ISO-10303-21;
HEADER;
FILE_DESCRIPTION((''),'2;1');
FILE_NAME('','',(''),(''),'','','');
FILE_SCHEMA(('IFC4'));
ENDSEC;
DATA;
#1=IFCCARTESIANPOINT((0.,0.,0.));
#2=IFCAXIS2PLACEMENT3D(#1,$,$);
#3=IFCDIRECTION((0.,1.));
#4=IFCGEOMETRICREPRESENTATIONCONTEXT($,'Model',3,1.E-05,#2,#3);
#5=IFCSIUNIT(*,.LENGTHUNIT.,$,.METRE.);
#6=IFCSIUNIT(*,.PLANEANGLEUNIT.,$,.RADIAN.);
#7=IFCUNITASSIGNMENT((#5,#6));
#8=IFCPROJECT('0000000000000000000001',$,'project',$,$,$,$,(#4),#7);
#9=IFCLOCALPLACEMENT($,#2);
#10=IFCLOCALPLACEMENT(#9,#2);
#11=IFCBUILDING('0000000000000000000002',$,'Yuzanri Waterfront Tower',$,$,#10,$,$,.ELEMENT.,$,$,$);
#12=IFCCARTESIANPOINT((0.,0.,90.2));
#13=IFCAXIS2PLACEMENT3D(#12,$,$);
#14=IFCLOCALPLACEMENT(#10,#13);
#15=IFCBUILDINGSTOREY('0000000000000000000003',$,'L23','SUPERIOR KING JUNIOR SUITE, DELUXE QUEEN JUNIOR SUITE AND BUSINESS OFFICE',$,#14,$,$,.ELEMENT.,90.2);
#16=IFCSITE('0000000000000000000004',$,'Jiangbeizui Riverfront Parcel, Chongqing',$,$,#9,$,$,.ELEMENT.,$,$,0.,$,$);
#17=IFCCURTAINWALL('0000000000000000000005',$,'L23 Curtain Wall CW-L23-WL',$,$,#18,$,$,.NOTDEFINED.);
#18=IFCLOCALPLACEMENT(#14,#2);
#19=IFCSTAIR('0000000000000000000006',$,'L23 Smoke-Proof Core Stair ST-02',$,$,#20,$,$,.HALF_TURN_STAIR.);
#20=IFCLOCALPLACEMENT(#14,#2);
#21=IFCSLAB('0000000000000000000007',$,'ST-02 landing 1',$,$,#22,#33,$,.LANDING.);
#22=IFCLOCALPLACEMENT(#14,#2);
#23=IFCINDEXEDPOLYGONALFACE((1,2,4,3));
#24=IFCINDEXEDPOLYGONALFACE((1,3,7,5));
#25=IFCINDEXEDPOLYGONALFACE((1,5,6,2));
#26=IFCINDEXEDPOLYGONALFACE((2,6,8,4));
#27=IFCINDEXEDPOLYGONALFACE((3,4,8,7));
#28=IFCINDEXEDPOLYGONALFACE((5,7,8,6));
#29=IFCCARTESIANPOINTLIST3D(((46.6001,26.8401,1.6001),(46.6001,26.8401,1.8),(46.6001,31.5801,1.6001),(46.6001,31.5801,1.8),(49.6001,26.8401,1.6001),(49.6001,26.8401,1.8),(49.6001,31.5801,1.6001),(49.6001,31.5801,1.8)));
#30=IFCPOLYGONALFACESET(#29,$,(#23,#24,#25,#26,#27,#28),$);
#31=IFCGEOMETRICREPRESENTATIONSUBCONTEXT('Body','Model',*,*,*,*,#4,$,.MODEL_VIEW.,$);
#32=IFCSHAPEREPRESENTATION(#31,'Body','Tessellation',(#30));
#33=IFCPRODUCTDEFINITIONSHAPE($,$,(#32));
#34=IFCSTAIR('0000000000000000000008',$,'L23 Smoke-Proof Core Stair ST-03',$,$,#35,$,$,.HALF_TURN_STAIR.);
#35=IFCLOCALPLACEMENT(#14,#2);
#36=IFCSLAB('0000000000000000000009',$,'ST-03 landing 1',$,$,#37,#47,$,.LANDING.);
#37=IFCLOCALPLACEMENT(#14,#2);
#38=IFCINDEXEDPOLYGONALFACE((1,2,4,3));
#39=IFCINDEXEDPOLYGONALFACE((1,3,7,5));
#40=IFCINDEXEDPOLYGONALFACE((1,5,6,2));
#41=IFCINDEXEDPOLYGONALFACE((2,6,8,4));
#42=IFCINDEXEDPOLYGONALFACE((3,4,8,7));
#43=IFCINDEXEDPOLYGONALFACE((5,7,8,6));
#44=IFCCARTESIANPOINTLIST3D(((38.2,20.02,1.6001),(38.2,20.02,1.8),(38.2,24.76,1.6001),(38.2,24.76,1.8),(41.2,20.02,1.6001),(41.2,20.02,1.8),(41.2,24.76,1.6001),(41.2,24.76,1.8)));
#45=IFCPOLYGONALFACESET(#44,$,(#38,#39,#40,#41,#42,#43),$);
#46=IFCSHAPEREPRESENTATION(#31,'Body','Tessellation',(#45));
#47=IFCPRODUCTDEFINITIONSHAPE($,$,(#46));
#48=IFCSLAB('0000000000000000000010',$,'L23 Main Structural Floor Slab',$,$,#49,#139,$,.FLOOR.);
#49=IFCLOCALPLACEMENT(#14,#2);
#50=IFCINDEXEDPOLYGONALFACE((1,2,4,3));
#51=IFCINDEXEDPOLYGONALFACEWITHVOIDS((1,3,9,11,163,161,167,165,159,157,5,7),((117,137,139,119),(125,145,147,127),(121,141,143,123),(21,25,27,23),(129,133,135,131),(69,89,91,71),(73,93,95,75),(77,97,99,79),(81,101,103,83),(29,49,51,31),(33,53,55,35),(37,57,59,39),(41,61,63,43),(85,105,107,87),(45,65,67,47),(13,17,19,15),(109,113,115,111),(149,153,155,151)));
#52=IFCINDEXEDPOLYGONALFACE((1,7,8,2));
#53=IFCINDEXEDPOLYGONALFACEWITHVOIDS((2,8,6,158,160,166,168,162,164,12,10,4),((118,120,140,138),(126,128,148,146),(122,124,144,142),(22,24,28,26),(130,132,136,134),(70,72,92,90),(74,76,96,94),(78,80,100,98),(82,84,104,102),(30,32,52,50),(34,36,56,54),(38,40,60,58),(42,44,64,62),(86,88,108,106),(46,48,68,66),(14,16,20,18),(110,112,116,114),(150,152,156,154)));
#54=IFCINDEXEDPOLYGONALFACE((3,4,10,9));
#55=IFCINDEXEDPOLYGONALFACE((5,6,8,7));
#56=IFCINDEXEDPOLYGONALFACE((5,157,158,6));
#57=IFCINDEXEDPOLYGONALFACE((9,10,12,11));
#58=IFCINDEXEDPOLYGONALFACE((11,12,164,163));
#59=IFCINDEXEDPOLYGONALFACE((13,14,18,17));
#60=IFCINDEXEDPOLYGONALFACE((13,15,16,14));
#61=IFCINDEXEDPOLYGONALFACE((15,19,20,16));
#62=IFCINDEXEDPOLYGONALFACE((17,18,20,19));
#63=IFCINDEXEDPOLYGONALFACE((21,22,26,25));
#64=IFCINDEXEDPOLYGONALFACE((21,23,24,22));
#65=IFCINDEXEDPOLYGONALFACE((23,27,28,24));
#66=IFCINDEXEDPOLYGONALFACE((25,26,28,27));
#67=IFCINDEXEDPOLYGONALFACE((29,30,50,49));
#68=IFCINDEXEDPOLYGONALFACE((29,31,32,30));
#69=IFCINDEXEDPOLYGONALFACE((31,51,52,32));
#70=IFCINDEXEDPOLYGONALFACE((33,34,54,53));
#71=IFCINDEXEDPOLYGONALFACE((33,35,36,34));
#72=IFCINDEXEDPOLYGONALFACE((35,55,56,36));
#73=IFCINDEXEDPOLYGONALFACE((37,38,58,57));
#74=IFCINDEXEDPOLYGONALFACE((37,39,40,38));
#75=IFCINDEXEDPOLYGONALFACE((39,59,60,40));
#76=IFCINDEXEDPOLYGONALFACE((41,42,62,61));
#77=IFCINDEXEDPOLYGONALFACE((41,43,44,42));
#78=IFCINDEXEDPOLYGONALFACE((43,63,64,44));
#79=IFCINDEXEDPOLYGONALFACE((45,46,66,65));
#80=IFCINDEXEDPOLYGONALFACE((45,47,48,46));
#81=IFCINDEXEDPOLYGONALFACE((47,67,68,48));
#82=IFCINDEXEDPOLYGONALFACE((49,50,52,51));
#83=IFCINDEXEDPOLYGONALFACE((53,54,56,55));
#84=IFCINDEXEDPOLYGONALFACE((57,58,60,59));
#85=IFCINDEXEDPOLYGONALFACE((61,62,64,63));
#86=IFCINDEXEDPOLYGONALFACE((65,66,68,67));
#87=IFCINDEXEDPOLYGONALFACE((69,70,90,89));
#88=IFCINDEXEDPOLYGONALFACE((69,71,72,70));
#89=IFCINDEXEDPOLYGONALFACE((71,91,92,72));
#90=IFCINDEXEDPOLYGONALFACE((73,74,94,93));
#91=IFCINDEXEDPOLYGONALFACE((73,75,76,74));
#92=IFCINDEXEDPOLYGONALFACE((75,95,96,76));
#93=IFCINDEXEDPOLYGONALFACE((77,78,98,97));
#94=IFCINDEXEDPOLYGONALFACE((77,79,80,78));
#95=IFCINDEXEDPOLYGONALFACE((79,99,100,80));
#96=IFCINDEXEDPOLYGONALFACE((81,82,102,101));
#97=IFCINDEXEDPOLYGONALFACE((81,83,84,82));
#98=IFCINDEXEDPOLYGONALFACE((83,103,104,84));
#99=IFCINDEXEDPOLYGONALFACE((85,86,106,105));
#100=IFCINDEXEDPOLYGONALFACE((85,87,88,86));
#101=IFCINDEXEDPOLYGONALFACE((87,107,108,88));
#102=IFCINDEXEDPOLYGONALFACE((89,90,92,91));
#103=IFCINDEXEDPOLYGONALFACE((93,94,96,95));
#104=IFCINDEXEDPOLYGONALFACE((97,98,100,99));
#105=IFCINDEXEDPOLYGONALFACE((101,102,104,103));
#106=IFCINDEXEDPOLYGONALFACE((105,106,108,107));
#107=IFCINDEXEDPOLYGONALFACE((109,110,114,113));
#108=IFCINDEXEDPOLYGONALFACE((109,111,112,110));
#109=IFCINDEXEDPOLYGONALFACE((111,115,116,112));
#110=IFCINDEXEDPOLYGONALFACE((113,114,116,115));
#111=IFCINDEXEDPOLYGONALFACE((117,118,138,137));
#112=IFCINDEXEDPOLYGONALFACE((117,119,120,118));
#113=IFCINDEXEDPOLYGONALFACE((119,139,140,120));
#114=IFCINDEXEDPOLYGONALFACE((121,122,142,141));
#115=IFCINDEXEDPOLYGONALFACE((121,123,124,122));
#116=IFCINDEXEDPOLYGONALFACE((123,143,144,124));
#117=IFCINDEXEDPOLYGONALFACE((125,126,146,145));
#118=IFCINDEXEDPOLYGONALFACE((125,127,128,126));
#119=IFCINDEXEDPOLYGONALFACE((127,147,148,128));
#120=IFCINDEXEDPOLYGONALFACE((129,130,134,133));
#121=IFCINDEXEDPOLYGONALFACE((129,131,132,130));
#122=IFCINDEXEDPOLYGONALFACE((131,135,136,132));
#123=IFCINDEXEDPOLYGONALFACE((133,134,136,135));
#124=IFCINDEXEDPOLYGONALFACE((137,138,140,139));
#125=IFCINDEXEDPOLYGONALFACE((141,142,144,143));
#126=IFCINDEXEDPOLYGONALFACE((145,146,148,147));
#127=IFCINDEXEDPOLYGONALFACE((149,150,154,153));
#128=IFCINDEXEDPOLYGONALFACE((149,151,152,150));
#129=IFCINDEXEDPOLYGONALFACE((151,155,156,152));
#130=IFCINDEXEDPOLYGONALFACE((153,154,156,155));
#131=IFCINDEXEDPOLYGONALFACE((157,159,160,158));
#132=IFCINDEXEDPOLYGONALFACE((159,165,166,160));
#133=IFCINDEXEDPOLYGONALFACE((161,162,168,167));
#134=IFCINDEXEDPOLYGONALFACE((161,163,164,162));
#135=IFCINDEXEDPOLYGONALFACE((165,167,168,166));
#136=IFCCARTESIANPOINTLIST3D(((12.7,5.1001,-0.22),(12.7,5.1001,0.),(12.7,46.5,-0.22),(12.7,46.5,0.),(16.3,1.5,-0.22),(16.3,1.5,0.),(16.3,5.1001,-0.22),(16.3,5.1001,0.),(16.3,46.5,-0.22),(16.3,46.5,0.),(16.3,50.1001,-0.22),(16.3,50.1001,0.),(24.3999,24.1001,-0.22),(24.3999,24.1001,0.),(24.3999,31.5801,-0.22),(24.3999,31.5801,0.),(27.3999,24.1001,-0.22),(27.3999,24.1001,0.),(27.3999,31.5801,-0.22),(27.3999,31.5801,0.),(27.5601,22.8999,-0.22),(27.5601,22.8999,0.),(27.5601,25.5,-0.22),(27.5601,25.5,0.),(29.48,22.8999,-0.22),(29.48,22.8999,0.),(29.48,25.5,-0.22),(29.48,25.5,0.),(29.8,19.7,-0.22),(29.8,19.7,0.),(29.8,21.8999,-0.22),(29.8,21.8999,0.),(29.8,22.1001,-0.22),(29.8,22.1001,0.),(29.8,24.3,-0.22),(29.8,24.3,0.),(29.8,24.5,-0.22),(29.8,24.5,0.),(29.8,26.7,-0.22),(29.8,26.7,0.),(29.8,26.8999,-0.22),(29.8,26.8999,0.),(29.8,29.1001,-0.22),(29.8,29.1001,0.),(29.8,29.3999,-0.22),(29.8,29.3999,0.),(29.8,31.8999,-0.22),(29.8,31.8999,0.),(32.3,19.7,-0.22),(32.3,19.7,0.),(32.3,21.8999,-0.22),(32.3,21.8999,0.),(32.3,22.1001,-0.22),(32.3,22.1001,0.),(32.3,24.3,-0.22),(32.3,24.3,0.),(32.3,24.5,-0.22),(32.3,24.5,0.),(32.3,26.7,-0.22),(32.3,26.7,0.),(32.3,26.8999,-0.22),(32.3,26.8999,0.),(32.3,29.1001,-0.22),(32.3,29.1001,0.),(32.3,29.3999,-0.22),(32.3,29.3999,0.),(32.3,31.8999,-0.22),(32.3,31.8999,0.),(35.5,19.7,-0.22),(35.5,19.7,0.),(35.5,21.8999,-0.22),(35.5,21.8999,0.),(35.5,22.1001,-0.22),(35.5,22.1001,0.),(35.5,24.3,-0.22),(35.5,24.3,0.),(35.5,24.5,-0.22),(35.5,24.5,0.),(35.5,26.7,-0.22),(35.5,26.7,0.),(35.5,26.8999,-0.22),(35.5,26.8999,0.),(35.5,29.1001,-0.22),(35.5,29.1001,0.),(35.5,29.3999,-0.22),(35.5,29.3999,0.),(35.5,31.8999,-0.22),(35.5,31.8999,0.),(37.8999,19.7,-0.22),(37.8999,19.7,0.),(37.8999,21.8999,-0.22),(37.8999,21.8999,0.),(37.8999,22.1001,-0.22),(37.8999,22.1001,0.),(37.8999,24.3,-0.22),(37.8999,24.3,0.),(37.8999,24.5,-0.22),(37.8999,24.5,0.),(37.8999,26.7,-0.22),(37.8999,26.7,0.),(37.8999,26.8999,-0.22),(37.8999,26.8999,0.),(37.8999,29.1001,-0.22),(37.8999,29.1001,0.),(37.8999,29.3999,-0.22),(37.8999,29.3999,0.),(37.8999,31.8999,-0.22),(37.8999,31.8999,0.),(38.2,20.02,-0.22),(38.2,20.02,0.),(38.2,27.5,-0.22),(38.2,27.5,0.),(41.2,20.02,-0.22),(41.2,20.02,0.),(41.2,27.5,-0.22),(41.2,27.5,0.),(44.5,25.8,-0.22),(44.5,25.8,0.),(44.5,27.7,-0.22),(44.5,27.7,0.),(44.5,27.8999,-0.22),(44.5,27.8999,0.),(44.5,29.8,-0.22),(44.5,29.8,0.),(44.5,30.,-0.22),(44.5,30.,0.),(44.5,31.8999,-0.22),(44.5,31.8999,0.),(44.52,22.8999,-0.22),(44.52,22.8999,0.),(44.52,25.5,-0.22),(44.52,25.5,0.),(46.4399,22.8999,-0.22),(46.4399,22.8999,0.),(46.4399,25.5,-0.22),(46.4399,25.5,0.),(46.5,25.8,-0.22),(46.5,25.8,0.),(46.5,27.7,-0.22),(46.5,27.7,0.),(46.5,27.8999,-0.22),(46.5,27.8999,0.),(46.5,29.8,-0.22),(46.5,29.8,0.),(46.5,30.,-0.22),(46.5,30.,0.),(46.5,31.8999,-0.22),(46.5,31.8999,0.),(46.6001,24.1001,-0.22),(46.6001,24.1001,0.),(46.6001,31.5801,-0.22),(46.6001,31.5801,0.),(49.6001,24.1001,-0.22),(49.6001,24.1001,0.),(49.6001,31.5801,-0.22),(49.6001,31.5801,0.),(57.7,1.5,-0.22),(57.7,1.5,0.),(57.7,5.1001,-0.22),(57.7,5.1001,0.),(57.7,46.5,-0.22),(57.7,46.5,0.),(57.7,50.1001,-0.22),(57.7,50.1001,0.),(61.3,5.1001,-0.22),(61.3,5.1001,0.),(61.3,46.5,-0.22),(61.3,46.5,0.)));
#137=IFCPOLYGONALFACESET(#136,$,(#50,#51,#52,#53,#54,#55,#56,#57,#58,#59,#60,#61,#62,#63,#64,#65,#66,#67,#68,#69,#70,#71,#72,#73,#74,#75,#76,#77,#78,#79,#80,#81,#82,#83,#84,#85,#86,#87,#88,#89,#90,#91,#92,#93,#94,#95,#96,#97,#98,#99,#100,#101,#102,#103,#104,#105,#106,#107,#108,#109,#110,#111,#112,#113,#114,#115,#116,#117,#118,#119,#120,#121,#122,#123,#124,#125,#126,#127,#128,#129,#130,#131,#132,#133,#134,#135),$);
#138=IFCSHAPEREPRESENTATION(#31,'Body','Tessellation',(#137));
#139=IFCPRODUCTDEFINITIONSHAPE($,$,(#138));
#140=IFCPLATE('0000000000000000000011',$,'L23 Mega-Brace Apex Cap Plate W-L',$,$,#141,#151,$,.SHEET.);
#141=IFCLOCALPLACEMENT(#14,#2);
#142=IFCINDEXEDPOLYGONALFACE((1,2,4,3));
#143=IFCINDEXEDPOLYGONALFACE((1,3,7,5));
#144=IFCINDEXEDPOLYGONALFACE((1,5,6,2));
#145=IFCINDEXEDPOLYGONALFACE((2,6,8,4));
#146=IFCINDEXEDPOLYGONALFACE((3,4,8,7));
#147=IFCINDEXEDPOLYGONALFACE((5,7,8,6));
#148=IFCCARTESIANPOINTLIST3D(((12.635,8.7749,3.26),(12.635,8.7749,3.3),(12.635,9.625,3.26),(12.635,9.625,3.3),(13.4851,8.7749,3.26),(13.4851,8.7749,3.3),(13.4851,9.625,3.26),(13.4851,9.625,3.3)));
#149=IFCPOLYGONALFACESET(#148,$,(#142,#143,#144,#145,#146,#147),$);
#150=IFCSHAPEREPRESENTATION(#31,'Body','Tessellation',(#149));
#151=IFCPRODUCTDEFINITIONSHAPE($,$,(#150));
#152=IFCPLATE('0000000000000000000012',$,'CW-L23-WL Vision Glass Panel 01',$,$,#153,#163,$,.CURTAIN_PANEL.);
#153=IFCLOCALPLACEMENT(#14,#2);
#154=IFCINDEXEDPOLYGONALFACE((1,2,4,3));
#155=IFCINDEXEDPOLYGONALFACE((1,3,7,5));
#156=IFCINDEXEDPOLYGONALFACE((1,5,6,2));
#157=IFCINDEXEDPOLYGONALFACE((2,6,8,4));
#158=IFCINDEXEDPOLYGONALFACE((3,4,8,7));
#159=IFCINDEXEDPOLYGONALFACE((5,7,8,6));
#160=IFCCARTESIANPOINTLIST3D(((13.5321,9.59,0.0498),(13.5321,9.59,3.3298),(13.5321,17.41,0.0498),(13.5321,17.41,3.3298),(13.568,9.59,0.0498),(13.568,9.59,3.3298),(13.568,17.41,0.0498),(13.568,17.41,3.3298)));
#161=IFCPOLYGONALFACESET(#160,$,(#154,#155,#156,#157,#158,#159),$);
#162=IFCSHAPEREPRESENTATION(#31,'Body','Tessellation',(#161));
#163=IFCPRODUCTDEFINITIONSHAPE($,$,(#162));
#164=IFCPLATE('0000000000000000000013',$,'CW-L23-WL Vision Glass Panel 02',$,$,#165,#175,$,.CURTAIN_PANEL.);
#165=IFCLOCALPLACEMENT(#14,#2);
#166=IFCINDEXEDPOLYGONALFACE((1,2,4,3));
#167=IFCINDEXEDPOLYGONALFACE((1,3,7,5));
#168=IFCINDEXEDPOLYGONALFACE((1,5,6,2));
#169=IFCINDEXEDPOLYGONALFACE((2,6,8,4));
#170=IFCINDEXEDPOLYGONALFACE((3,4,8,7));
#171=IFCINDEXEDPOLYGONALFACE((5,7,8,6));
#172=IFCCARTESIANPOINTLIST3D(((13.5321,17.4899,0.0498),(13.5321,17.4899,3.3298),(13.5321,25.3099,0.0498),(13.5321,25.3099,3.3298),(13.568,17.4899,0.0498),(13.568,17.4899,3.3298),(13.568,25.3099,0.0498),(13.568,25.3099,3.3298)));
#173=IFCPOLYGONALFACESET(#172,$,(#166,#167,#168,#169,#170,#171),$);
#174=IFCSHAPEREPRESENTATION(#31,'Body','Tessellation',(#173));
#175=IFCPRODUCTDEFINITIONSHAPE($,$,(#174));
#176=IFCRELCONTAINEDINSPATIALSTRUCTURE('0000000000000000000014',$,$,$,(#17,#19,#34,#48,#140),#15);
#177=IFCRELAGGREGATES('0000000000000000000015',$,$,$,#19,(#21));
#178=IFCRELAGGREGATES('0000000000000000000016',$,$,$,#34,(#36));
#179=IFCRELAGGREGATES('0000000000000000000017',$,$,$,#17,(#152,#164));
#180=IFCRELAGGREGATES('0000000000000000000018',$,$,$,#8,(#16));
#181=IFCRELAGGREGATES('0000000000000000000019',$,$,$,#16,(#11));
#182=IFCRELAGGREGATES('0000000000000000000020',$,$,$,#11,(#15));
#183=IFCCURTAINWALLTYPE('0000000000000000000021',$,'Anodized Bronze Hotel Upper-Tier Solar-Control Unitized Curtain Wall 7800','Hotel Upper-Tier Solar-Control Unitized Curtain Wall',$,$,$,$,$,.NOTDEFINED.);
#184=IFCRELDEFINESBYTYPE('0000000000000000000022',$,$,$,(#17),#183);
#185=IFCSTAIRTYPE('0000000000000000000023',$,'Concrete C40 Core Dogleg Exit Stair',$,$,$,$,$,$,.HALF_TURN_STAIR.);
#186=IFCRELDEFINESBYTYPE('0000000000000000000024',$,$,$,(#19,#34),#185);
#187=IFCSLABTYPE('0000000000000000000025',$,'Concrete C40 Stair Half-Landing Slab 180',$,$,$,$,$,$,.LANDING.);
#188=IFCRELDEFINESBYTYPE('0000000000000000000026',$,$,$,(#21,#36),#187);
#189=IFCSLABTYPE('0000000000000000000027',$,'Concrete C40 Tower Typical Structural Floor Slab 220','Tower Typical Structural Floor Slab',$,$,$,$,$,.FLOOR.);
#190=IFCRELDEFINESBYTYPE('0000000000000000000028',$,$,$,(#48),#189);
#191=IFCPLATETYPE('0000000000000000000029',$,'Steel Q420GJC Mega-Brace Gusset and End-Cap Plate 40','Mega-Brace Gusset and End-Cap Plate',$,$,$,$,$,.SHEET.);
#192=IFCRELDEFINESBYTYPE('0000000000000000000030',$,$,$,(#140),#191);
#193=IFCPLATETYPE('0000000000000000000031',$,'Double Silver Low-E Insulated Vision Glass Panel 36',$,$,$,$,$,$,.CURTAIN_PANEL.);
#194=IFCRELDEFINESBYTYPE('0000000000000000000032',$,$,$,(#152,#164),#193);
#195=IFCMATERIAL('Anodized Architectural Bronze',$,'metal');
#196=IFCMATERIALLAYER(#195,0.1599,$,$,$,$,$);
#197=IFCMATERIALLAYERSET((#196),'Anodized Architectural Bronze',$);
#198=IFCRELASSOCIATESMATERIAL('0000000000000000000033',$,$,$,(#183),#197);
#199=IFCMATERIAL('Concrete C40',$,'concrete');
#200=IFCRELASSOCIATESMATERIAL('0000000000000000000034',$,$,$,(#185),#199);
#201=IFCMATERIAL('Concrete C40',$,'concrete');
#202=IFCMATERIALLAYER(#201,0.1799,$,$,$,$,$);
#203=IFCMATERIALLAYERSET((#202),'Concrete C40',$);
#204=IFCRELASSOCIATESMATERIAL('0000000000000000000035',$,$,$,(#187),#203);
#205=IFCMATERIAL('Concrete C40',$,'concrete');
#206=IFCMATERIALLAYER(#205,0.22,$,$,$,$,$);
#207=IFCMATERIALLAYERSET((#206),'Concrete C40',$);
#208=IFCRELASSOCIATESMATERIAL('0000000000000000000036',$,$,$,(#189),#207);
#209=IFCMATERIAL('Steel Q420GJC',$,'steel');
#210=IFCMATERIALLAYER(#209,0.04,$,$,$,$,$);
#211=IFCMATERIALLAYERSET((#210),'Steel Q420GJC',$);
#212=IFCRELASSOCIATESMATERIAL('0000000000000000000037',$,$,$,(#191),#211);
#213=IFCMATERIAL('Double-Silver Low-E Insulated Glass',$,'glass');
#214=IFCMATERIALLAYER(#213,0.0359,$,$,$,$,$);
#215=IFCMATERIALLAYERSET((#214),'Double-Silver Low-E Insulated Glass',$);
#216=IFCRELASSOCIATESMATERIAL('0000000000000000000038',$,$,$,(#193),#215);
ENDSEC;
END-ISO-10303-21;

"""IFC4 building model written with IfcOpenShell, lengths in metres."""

from ifc_helpers import new_model, si_unit, direction, frame, origin, origin_2d, place, context, subcontext, project, spatial, polyline, rectangle, outline, extrude, source, transform, mapped, material, layer, layer_set, type_object, element, aggregate, save


model = new_model("IFC4")

# Units and contexts
model_context = context("Model", 3, precision=1e-05, world=origin(), true_north=direction((0.0, 1.0)))
body_context = subcontext(model_context, "Body", "Model", "MODEL_VIEW")
ifc_project = project(units=[si_unit("LENGTHUNIT", "METRE"), si_unit("PLANEANGLEUNIT", "RADIAN")], contexts=[model_context])

# Site, building, storey
site_placement = place(None, origin())
site = spatial("IfcSite", under=ifc_project, at=site_placement, Name="Jiangbeizui Riverfront Parcel, Chongqing", CompositionType="ELEMENT", RefElevation=0.0)
building_placement = place(site_placement, origin())
building = spatial("IfcBuilding", under=site, at=building_placement, Name="Yuzanri Waterfront Tower", CompositionType="ELEMENT")
storey_placement = place(building_placement, frame((0.0, 0.0, 90.2)))
storey = spatial("IfcBuildingStorey", under=building, at=storey_placement, Name="L23", Description="SUPERIOR KING JUNIOR SUITE, DELUXE QUEEN JUNIOR SUITE AND BUSINESS OFFICE", CompositionType="ELEMENT", Elevation=90.2)

# Curtain wall
ifc_material_1 = material(Name="Anodized Architectural Bronze", Category="metal")
ifc_layer_1 = layer(ifc_material_1, 0.1599)
ifc_layer_set_1 = layer_set([ifc_layer_1], Name="Anodized Architectural Bronze")
curtain_wall_type = type_object("IfcCurtainWallType", Name="Anodized Bronze Hotel Upper-Tier Solar-Control Unitized Curtain Wall 7800", Description="Hotel Upper-Tier Solar-Control Unitized Curtain Wall", PredefinedType="NOTDEFINED", material=ifc_layer_set_1)
curtain_wall_placement = place(storey_placement, origin())
curtain_wall = element("IfcCurtainWall", 1, at=curtain_wall_placement, inside=storey, type_object=curtain_wall_type, Name="L23 Curtain Wall CW-L23-WL", PredefinedType="NOTDEFINED")

# Stairs, slabs
ifc_material_2 = material(Name="Concrete C40", Category="concrete")
stair_type = type_object("IfcStairType", Name="Concrete C40 Core Dogleg Exit Stair", PredefinedType="HALF_TURN_STAIR", material=ifc_material_2)
ifc_material_3 = material(Name="Concrete C40", Category="concrete")
ifc_layer_2 = layer(ifc_material_3, 0.1799)
ifc_layer_set_2 = layer_set([ifc_layer_2], Name="Concrete C40")
slab_type_1 = type_object("IfcSlabType", Name="Concrete C40 Stair Half-Landing Slab 180", PredefinedType="LANDING", material=ifc_layer_set_2)
stair_1_placement = place(storey_placement, origin())
stair_1 = element("IfcStair", 2, at=stair_1_placement, inside=storey, type_object=stair_type, Name="L23 Smoke-Proof Core Stair ST-02", PredefinedType="HALF_TURN_STAIR")
slab_1_placement = place(storey_placement, frame((0.0, 0.0, 1.6001)))
slab_1 = element("IfcSlab", 3, at=slab_1_placement, type_object=slab_type_1, Name="ST-02 landing 1", PredefinedType="LANDING", context=body_context, shape_type="SweptSolid", body=[
    extrude(outline(polyline([(49.6001, 26.8401), (49.6001, 31.5801), (46.6001, 31.5801), (46.6001, 26.8401), (49.6001, 26.8401)])), origin(), (0.0, 0.0, 1.0), 0.2),
])
aggregate(stair_1, [slab_1])
stair_2_placement = place(storey_placement, origin())
stair_2 = element("IfcStair", 4, at=stair_2_placement, inside=storey, type_object=stair_type, Name="L23 Smoke-Proof Core Stair ST-03", PredefinedType="HALF_TURN_STAIR")
slab_2_placement = place(storey_placement, frame((0.0, 0.0, 1.6001)))
slab_2 = element("IfcSlab", 5, at=slab_2_placement, type_object=slab_type_1, Name="ST-03 landing 1", PredefinedType="LANDING", context=body_context, shape_type="SweptSolid", body=[
    extrude(outline(polyline([(38.2, 24.76), (38.2, 20.02), (41.2, 20.02), (41.2, 24.76), (38.2, 24.76)])), origin(), (0.0, 0.0, 1.0), 0.2),
])
aggregate(stair_2, [slab_2])

# Slab
ifc_material_4 = material(Name="Concrete C40", Category="concrete")
ifc_layer_3 = layer(ifc_material_4, 0.22)
ifc_layer_set_3 = layer_set([ifc_layer_3], Name="Concrete C40")
slab_type_2 = type_object("IfcSlabType", Name="Concrete C40 Tower Typical Structural Floor Slab 220", Description="Tower Typical Structural Floor Slab", PredefinedType="FLOOR", material=ifc_layer_set_3)
slab_3_placement = place(storey_placement, frame((0.0, 0.0, -0.22)))
element("IfcSlab", 6, at=slab_3_placement, inside=storey, type_object=slab_type_2, Name="L23 Main Structural Floor Slab", PredefinedType="FLOOR", context=body_context, shape_type="SweptSolid", body=[
    extrude(outline(polyline([(16.3, 1.5), (57.7, 1.5), (57.7, 5.1001), (61.3, 5.1001), (61.3, 46.5), (57.7, 46.5), (57.7, 50.1001), (16.3, 50.1001), (16.3, 46.5), (12.7, 46.5), (12.7, 5.1001), (16.3, 5.1001), (16.3, 1.5)]), holes=[polyline([(27.3999, 24.1001), (27.3999, 31.5801), (24.3999, 31.5801), (24.3999, 24.1001), (27.3999, 24.1001)]), polyline([(49.6001, 24.1001), (49.6001, 31.5801), (46.6001, 31.5801), (46.6001, 24.1001), (49.6001, 24.1001)]), polyline([(38.2, 27.5), (38.2, 20.02), (41.2, 20.02), (41.2, 27.5), (38.2, 27.5)]), polyline([(27.5601, 22.8999), (29.48, 22.8999), (29.48, 25.5), (27.5601, 25.5), (27.5601, 22.8999)]), polyline([(44.52, 22.8999), (46.4399, 22.8999), (46.4399, 25.5), (44.52, 25.5), (44.52, 22.8999)]), polyline([(29.8, 19.7), (32.3, 19.7), (32.3, 21.8999), (29.8, 21.8999), (29.8, 19.7)]), polyline([(29.8, 22.1001), (32.3, 22.1001), (32.3, 24.3), (29.8, 24.3), (29.8, 22.1001)]), polyline([(29.8, 24.5), (32.3, 24.5), (32.3, 26.7), (29.8, 26.7), (29.8, 24.5)]), polyline([(29.8, 26.8999), (32.3, 26.8999), (32.3, 29.1001), (29.8, 29.1001), (29.8, 26.8999)]), polyline([(29.8, 29.3999), (32.3, 29.3999), (32.3, 31.8999), (29.8, 31.8999), (29.8, 29.3999)]), polyline([(35.5, 19.7), (37.8999, 19.7), (37.8999, 21.8999), (35.5, 21.8999), (35.5, 19.7)]), polyline([(35.5, 22.1001), (37.8999, 22.1001), (37.8999, 24.3), (35.5, 24.3), (35.5, 22.1001)]), polyline([(35.5, 24.5), (37.8999, 24.5), (37.8999, 26.7), (35.5, 26.7), (35.5, 24.5)]), polyline([(35.5, 26.8999), (37.8999, 26.8999), (37.8999, 29.1001), (35.5, 29.1001), (35.5, 26.8999)]), polyline([(35.5, 29.3999), (37.8999, 29.3999), (37.8999, 31.8999), (35.5, 31.8999), (35.5, 29.3999)]), polyline([(44.5, 25.8), (46.5, 25.8), (46.5, 27.7), (44.5, 27.7), (44.5, 25.8)]), polyline([(44.5, 27.8999), (46.5, 27.8999), (46.5, 29.8), (44.5, 29.8), (44.5, 27.8999)]), polyline([(44.5, 30.0), (46.5, 30.0), (46.5, 31.8999), (44.5, 31.8999), (44.5, 30.0)])]), origin(), (0.0, 0.0, 1.0), 0.22),
])

# Plates
ifc_material_5 = material(Name="Steel Q420GJC", Category="steel")
ifc_layer_4 = layer(ifc_material_5, 0.04)
ifc_layer_set_4 = layer_set([ifc_layer_4], Name="Steel Q420GJC")
plate_type_1 = type_object("IfcPlateType", Name="Steel Q420GJC Mega-Brace Gusset and End-Cap Plate 40", Description="Mega-Brace Gusset and End-Cap Plate", PredefinedType="SHEET", material=ifc_layer_set_4)
shared_shape_1 = source(origin(), body_context, "Body", "SweptSolid", [
    extrude(rectangle(XDim=0.8501, YDim=0.8501, at=origin_2d()), origin(), (0.0, 0.0, 1.0), 0.04),
])
plate_1_placement = place(storey_placement, frame((13.0601, 9.2, 3.26), z_axis=(0.0, 0.0, 1.0), x_axis=(1.0, 0.0, 0.0)))
element("IfcPlate", 7, at=plate_1_placement, inside=storey, type_object=plate_type_1, Name="L23 Mega-Brace Apex Cap Plate W-L", PredefinedType="SHEET", context=body_context, shape_type="MappedRepresentation", body=[
    mapped(shared_shape_1, transform((0.0, 0.0, 0.0), scale=1.0)),
])
ifc_material_6 = material(Name="Double-Silver Low-E Insulated Glass", Category="glass")
ifc_layer_5 = layer(ifc_material_6, 0.0359)
ifc_layer_set_5 = layer_set([ifc_layer_5], Name="Double-Silver Low-E Insulated Glass")
plate_type_2 = type_object("IfcPlateType", Name="Double Silver Low-E Insulated Vision Glass Panel 36", PredefinedType="CURTAIN_PANEL", material=ifc_layer_set_5)
shared_shape_2 = source(origin(), body_context, "Body", "SweptSolid", [
    extrude(rectangle(XDim=7.8201, YDim=0.0359, at=origin_2d()), origin(), (0.0, 0.0, 1.0), 3.28),
])
plate_2_placement = place(storey_placement, frame((13.55, 13.5, 0.0498), z_axis=(0.0, 0.0, 1.0), x_axis=(0.0, 1.0, 0.0)))
plate_2 = element("IfcPlate", 8, at=plate_2_placement, type_object=plate_type_2, Name="CW-L23-WL Vision Glass Panel 01", PredefinedType="CURTAIN_PANEL", context=body_context, shape_type="MappedRepresentation", body=[
    mapped(shared_shape_2, transform((0.0, 0.0, 0.0), scale=1.0)),
])
plate_3_placement = place(storey_placement, frame((13.55, 21.3999, 0.0498), z_axis=(0.0, 0.0, 1.0), x_axis=(0.0, 1.0, 0.0)))
plate_3 = element("IfcPlate", 9, at=plate_3_placement, type_object=plate_type_2, Name="CW-L23-WL Vision Glass Panel 02", PredefinedType="CURTAIN_PANEL", context=body_context, shape_type="MappedRepresentation", body=[
    mapped(shared_shape_2, transform((0.0, 0.0, 0.0), scale=1.0)),
])
aggregate(curtain_wall, [plate_2, plate_3])

save(model, "model.ifc")
